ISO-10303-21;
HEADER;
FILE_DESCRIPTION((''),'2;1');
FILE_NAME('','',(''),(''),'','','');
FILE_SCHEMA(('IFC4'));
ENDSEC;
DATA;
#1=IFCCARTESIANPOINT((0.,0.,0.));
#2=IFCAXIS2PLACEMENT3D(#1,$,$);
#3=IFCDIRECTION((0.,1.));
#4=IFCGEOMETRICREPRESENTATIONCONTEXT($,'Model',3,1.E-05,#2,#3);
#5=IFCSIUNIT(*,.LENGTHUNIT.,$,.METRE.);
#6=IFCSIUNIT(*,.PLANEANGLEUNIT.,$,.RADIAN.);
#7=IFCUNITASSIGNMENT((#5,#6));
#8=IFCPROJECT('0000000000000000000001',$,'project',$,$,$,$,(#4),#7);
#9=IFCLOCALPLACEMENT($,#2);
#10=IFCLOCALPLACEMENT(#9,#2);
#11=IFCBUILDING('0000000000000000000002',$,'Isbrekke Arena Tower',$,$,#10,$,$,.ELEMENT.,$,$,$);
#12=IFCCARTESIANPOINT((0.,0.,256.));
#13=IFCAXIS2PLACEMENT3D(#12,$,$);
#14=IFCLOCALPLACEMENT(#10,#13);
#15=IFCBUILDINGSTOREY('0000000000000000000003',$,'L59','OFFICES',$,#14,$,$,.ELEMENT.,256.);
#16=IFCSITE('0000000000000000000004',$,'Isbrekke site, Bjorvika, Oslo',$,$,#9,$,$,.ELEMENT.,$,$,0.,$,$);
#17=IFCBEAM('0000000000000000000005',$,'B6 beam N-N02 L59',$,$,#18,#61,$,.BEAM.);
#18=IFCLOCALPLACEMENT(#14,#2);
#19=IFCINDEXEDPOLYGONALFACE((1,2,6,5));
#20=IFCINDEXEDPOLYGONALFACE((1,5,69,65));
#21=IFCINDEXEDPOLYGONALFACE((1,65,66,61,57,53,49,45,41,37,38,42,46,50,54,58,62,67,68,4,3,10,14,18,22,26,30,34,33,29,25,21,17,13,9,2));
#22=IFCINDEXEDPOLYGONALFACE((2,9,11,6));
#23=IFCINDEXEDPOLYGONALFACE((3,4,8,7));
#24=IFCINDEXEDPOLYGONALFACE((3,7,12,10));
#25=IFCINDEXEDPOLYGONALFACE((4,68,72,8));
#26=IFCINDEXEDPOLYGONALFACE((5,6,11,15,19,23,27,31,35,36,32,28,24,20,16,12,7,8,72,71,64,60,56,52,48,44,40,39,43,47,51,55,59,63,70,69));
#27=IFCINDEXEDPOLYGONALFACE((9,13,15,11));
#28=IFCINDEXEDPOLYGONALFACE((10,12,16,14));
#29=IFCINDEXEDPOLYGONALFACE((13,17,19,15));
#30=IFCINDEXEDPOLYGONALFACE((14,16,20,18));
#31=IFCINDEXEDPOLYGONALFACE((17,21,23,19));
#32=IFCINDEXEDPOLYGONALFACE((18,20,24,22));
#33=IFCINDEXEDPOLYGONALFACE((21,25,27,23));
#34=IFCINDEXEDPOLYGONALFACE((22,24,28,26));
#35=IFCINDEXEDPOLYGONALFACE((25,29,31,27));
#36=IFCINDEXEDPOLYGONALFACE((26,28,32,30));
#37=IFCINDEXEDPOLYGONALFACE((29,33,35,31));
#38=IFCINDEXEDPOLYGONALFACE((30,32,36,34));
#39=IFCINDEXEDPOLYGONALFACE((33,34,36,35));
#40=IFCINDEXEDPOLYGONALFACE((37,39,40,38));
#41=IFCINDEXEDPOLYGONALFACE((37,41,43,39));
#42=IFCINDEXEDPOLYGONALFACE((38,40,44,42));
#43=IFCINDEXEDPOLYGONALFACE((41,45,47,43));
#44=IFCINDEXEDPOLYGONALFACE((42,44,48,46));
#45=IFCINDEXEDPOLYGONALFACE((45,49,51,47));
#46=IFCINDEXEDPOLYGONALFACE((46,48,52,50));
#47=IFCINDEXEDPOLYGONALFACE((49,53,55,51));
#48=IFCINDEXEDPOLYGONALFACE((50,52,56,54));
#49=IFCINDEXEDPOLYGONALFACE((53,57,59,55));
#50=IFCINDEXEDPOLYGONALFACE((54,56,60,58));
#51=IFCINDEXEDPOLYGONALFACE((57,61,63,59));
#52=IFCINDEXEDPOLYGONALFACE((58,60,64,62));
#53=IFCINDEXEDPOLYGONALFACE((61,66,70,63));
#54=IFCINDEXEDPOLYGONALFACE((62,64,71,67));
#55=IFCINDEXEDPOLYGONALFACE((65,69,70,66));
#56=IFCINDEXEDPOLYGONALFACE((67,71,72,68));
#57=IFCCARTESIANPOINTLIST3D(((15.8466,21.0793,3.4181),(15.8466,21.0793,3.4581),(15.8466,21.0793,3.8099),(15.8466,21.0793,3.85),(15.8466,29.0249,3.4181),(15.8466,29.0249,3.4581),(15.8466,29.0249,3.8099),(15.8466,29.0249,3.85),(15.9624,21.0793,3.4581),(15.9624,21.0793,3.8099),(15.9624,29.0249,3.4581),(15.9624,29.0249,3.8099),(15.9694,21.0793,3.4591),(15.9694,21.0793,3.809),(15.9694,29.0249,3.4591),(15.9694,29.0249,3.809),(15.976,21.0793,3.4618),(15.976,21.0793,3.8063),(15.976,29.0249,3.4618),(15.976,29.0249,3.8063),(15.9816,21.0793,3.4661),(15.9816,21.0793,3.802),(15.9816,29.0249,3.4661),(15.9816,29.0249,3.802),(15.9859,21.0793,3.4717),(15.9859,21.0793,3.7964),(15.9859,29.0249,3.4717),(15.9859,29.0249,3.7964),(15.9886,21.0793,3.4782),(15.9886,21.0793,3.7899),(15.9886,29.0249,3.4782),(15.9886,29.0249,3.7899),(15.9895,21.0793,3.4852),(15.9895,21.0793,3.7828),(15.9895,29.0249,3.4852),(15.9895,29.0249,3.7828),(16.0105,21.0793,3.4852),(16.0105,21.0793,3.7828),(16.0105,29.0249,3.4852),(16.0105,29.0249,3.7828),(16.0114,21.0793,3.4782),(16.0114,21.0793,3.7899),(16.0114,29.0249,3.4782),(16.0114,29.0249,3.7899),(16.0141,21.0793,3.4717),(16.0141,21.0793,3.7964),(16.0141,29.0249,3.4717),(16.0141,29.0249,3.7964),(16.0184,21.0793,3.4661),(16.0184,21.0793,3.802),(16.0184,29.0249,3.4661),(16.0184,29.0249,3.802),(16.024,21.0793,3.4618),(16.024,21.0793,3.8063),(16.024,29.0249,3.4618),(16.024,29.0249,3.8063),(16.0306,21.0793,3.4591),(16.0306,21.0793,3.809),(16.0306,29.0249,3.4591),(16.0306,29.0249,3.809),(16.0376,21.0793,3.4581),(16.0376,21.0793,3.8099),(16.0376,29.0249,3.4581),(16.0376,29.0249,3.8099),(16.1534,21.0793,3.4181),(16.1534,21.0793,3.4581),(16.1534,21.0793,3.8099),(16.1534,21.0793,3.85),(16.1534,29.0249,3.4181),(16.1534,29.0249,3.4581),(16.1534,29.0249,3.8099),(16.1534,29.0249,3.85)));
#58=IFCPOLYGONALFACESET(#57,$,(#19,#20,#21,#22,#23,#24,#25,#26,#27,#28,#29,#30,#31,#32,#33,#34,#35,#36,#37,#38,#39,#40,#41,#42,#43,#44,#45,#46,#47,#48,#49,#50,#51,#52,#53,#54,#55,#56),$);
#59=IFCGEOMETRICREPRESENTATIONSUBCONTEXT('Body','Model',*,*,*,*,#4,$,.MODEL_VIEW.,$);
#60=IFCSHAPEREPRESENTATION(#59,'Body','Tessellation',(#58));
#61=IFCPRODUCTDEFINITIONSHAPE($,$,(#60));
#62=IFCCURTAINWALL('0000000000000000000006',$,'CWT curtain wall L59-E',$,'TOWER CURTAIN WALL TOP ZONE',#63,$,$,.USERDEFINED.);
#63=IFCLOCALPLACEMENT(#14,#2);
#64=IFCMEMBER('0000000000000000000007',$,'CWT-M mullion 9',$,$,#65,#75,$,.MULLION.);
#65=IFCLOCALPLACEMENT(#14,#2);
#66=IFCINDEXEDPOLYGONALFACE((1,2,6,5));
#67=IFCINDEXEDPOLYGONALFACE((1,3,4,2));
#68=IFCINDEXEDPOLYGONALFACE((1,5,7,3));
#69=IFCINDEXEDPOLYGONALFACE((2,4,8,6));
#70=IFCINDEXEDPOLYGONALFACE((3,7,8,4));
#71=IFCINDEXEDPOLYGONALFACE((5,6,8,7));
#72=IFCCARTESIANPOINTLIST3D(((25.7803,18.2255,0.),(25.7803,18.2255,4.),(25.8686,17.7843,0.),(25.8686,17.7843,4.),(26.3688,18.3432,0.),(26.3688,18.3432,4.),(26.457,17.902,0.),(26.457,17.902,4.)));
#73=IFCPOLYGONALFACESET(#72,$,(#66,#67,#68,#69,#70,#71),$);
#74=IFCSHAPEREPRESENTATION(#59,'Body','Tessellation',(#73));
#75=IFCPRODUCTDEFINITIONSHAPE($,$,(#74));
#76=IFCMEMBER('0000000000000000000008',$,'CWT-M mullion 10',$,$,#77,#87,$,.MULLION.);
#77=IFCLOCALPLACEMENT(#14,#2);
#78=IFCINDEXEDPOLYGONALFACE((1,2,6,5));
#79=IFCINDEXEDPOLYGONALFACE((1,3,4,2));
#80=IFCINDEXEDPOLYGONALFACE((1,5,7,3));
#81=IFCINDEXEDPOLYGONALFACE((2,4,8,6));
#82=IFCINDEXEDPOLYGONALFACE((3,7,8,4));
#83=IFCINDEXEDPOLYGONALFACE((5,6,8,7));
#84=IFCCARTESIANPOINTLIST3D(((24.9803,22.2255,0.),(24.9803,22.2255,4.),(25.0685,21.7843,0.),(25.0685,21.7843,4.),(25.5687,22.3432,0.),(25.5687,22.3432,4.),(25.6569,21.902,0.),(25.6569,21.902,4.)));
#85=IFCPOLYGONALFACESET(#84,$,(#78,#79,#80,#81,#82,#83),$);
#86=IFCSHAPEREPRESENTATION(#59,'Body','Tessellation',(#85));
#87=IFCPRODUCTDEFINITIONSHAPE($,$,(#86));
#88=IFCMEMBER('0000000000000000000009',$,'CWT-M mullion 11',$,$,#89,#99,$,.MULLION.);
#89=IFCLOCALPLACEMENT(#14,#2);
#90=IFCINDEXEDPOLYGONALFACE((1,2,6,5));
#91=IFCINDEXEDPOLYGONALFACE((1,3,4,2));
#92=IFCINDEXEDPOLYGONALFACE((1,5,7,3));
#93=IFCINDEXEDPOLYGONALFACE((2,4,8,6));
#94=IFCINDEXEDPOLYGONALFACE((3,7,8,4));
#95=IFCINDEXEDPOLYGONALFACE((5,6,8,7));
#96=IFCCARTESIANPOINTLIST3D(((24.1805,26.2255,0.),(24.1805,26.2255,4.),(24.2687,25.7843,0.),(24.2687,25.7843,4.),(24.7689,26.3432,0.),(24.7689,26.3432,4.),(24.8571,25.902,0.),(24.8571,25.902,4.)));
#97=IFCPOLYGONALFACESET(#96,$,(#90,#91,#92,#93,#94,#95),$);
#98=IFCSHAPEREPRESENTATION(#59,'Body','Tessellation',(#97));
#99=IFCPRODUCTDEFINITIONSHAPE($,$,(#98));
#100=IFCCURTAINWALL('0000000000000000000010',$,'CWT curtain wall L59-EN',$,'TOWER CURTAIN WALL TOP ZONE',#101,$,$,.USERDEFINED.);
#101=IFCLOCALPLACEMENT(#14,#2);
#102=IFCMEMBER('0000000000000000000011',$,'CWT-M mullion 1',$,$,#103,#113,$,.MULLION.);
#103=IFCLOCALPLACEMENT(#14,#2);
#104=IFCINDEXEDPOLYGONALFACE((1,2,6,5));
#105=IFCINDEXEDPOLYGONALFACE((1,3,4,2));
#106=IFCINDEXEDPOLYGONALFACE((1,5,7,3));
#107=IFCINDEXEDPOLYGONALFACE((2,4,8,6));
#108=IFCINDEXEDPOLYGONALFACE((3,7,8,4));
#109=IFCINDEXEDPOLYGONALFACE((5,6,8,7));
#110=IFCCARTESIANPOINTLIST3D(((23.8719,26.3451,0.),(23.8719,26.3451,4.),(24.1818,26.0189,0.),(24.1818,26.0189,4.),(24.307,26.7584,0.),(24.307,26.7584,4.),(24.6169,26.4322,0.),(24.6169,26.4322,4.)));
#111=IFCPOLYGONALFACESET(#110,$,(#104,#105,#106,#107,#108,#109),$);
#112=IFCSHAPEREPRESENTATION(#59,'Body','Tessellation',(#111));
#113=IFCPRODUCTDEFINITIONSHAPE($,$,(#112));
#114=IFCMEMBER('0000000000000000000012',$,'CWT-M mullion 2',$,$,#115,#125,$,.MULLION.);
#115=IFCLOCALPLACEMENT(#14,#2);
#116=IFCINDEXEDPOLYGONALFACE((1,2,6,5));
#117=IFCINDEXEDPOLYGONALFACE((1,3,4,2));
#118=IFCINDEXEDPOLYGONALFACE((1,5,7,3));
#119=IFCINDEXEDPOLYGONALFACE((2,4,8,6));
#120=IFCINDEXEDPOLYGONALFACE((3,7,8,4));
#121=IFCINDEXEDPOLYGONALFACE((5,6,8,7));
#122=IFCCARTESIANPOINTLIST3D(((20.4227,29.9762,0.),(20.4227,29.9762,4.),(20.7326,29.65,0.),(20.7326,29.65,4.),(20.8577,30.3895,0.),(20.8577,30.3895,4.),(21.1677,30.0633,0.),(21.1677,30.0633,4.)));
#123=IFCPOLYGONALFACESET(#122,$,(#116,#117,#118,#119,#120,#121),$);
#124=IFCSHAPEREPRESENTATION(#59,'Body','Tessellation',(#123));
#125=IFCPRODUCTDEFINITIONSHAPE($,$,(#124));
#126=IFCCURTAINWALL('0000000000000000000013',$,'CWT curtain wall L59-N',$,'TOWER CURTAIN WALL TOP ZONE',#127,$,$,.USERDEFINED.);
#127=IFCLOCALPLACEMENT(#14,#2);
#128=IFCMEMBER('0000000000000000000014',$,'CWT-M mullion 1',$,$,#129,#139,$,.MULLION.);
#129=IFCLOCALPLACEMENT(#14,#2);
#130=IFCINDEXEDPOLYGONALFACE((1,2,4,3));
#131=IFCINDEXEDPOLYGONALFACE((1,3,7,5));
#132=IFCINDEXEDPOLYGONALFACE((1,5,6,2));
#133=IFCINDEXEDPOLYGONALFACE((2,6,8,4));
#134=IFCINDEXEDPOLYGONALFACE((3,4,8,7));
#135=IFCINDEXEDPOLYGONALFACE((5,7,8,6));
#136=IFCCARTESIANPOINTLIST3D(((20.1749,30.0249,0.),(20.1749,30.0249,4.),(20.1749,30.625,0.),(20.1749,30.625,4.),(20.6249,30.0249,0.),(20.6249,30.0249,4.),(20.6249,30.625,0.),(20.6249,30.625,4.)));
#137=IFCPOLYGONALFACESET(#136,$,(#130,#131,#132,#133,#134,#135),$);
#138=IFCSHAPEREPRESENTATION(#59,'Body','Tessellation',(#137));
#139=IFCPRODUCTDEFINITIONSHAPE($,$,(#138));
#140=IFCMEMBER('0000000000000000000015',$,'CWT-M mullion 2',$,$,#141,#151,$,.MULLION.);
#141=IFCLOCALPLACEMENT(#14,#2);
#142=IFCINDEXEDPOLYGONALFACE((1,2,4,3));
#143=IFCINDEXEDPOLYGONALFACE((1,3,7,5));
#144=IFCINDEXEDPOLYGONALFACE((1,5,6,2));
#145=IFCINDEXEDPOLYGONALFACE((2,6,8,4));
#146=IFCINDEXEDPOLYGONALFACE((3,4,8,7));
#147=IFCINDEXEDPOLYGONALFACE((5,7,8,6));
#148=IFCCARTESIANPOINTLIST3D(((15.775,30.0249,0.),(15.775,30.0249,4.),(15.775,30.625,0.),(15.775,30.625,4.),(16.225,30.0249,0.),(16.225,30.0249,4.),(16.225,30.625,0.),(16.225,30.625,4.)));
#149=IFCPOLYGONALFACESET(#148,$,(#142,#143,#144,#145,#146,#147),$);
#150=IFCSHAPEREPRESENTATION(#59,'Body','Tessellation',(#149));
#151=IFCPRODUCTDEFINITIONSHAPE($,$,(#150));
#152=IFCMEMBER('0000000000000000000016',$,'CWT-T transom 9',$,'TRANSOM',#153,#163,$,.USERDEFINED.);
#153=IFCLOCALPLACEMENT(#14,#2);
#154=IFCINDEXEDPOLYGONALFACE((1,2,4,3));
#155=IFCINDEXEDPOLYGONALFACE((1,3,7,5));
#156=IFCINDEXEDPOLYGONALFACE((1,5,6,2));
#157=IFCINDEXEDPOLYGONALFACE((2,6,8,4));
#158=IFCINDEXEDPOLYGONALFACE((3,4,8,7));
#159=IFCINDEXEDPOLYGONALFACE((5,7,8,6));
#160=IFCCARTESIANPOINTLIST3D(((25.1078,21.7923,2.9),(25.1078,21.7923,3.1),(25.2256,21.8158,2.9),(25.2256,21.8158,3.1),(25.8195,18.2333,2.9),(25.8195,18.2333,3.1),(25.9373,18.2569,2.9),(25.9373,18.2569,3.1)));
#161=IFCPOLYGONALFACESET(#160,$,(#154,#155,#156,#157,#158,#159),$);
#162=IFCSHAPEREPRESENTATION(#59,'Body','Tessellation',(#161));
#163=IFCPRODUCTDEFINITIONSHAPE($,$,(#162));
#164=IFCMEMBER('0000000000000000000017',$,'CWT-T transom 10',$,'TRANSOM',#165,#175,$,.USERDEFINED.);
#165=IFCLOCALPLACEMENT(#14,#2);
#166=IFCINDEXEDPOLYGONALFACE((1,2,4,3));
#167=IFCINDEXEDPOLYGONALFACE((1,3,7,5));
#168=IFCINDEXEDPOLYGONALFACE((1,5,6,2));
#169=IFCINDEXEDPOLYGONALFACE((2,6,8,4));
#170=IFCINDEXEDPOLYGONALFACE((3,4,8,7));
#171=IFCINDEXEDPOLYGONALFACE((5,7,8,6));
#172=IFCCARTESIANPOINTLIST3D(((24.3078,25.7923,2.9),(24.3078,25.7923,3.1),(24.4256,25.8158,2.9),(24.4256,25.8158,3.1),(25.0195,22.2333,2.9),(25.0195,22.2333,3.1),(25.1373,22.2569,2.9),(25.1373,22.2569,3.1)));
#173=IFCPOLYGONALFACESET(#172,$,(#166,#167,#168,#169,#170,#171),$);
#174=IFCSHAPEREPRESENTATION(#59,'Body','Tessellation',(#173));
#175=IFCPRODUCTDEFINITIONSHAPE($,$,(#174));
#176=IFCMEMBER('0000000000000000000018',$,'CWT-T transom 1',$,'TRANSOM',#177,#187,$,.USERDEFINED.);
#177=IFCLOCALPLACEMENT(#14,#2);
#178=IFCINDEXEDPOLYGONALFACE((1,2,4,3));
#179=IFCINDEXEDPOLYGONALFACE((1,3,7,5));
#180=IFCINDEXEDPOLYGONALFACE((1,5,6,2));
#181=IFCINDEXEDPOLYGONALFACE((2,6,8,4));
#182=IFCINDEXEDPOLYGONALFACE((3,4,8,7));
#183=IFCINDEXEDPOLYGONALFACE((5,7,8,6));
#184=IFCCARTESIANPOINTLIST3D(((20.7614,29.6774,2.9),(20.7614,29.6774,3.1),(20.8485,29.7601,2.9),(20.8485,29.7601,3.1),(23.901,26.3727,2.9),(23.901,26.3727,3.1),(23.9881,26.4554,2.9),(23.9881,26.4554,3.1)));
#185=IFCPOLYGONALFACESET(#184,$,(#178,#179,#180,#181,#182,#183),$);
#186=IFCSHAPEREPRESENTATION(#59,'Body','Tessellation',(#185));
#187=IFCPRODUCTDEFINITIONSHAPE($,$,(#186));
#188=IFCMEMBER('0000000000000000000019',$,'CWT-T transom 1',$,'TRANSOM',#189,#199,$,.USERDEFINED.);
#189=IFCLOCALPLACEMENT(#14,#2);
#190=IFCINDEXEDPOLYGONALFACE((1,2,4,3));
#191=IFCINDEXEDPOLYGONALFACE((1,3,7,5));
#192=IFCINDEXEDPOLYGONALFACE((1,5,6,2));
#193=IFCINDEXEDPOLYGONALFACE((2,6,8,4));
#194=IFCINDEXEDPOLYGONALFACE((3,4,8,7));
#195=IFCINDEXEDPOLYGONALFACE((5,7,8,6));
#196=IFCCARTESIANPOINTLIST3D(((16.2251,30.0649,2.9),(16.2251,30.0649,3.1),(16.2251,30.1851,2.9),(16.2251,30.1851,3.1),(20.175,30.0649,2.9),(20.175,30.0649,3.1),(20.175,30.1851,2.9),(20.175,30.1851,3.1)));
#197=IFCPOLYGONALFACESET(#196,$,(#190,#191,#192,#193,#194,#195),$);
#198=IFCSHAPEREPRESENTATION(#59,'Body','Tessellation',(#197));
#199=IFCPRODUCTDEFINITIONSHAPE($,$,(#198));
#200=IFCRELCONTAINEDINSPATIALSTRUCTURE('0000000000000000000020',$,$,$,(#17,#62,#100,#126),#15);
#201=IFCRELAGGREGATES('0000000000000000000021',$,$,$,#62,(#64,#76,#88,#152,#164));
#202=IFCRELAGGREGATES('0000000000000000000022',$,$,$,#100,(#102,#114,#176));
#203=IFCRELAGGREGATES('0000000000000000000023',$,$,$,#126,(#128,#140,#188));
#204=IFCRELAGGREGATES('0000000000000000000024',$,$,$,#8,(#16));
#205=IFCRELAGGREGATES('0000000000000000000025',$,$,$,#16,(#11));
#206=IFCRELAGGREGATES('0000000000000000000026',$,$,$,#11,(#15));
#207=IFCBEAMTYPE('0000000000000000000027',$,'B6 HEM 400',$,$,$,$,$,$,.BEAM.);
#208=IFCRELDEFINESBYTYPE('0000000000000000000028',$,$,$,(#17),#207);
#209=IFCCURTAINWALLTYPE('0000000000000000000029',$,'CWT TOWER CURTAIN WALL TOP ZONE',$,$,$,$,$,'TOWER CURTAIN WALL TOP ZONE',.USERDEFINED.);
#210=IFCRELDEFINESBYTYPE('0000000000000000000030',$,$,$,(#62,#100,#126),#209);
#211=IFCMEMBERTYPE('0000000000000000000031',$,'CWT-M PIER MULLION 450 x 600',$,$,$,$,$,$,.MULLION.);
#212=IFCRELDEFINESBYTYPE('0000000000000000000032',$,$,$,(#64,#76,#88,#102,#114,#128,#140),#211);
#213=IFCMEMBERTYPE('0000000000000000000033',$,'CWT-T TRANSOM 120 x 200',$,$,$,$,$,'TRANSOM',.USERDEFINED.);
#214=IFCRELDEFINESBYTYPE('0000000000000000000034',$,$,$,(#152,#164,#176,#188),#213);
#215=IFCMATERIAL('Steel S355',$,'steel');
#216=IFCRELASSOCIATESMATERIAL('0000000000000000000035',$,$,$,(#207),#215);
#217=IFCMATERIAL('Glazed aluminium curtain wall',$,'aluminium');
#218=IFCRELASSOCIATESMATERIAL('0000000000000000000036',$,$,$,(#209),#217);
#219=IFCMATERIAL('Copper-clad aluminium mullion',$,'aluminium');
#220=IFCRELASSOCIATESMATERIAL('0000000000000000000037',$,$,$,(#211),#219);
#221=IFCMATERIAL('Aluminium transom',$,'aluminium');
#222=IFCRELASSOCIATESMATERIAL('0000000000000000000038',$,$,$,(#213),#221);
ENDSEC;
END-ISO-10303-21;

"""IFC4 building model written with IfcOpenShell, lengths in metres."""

from ifc_helpers import new_model, si_unit, direction, frame, origin, origin_2d, place, context, subcontext, project, spatial, rectangle, i_section, extrude, material, material_profile, profile_set, type_object, element, aggregate, save


model = new_model("IFC4")

# Units and contexts
model_context = context("Model", 3, precision=1e-05, world=origin(), true_north=direction((0.0, 1.0)))
body_context = subcontext(model_context, "Body", "Model", "MODEL_VIEW")
ifc_project = project(units=[si_unit("LENGTHUNIT", "METRE"), si_unit("PLANEANGLEUNIT", "RADIAN")], contexts=[model_context])

# Site, building, storey
site_placement = place(None, origin())
site = spatial("IfcSite", under=ifc_project, at=site_placement, Name="Isbrekke site, Bjorvika, Oslo", CompositionType="ELEMENT", RefElevation=0.0)
building_placement = place(site_placement, origin())
building = spatial("IfcBuilding", under=site, at=building_placement, Name="Isbrekke Arena Tower", CompositionType="ELEMENT")
storey_placement = place(building_placement, frame((0.0, 0.0, 256.0)))
storey = spatial("IfcBuildingStorey", under=building, at=storey_placement, Name="L59", Description="OFFICES", CompositionType="ELEMENT", Elevation=256.0)

# Beam
ifc_material_1 = material(Name="Steel S355", Category="steel")
ifc_material_profile_1 = material_profile(ifc_material_1, i_section(OverallWidth=0.3069, OverallDepth=0.4319, WebThickness=0.021, FlangeThickness=0.04, FilletRadius=0.0271, at=origin_2d()), Name="HEM 400")
ifc_profile_set_1 = profile_set([ifc_material_profile_1], Name="Steel S355")
beam_type_1 = type_object("IfcBeamType", Name="B6 HEM 400", PredefinedType="BEAM", material=ifc_profile_set_1)
beam_1_placement = place(storey_placement, frame((16.0, 29.0249, 3.634), z_axis=(0.0, -1.0, 0.0), x_axis=(1.0, 0.0, 0.0)))
element("IfcBeam", 1, at=beam_1_placement, inside=storey, type_object=beam_type_1, Name="B6 beam N-N02 L59", PredefinedType="BEAM", context=body_context, shape_type="SweptSolid", body=[
    extrude(i_section(OverallWidth=0.3069, OverallDepth=0.4319, WebThickness=0.021, FlangeThickness=0.04, FilletRadius=0.0271, at=origin_2d()), origin(), (0.0, 0.0, 1.0), 7.9456),
])

# Curtain walls, members
ifc_material_2 = material(Name="Glazed aluminium curtain wall", Category="aluminium")
curtain_wall_type = type_object("IfcCurtainWallType", Name="CWT TOWER CURTAIN WALL TOP ZONE", ElementType="TOWER CURTAIN WALL TOP ZONE", PredefinedType="USERDEFINED", material=ifc_material_2)
curtain_wall_1_placement = place(storey_placement, origin())
curtain_wall_1 = element("IfcCurtainWall", 2, at=curtain_wall_1_placement, inside=storey, type_object=curtain_wall_type, Name="CWT curtain wall L59-E", ObjectType="TOWER CURTAIN WALL TOP ZONE", PredefinedType="USERDEFINED")
ifc_material_3 = material(Name="Copper-clad aluminium mullion", Category="aluminium")
ifc_material_profile_2 = material_profile(ifc_material_3, rectangle(XDim=0.45, YDim=0.6001, at=origin_2d()), Name="PIER 450X600")
ifc_profile_set_2 = profile_set([ifc_material_profile_2], Name="Copper-clad aluminium mullion")
member_type_1 = type_object("IfcMemberType", Name="CWT-M PIER MULLION 450 x 600", PredefinedType="MULLION", material=ifc_profile_set_2)
member_1_placement = place(storey_placement, frame((26.1187, 18.0637, 0.0), z_axis=(0.0, 0.0, 1.0), x_axis=(-0.196116, 0.980581, 0.0)))
member_1 = element("IfcMember", 3, at=member_1_placement, type_object=member_type_1, Name="CWT-M mullion 9", PredefinedType="MULLION", context=body_context, shape_type="SweptSolid", body=[
    extrude(rectangle(XDim=0.45, YDim=0.6001, at=origin_2d()), origin(), (0.0, 0.0, 1.0), 4.0),
])
member_2_placement = place(storey_placement, frame((25.3186, 22.0637, 0.0), z_axis=(0.0, 0.0, 1.0), x_axis=(-0.196116, 0.980581, 0.0)))
member_2 = element("IfcMember", 4, at=member_2_placement, type_object=member_type_1, Name="CWT-M mullion 10", PredefinedType="MULLION", context=body_context, shape_type="SweptSolid", body=[
    extrude(rectangle(XDim=0.45, YDim=0.6001, at=origin_2d()), origin(), (0.0, 0.0, 1.0), 4.0),
])
member_3_placement = place(storey_placement, frame((24.5188, 26.0637, 0.0), z_axis=(0.0, 0.0, 1.0), x_axis=(-0.196116, 0.980581, 0.0)))
member_3 = element("IfcMember", 5, at=member_3_placement, type_object=member_type_1, Name="CWT-M mullion 11", PredefinedType="MULLION", context=body_context, shape_type="SweptSolid", body=[
    extrude(rectangle(XDim=0.45, YDim=0.6001, at=origin_2d()), origin(), (0.0, 0.0, 1.0), 4.0),
])
curtain_wall_2_placement = place(storey_placement, origin())
curtain_wall_2 = element("IfcCurtainWall", 6, at=curtain_wall_2_placement, inside=storey, type_object=curtain_wall_type, Name="CWT curtain wall L59-EN", ObjectType="TOWER CURTAIN WALL TOP ZONE", PredefinedType="USERDEFINED")
member_4_placement = place(storey_placement, frame((24.2444, 26.3887, 0.0), z_axis=(0.0, 0.0, 1.0), x_axis=(-0.688749, 0.724999, 0.0)))
member_4 = element("IfcMember", 7, at=member_4_placement, type_object=member_type_1, Name="CWT-M mullion 1", PredefinedType="MULLION", context=body_context, shape_type="SweptSolid", body=[
    extrude(rectangle(XDim=0.45, YDim=0.6001, at=origin_2d()), origin(), (0.0, 0.0, 1.0), 4.0),
])
member_5_placement = place(storey_placement, frame((20.7952, 30.0198, 0.0), z_axis=(0.0, 0.0, 1.0), x_axis=(-0.688749, 0.724999, 0.0)))
member_5 = element("IfcMember", 8, at=member_5_placement, type_object=member_type_1, Name="CWT-M mullion 2", PredefinedType="MULLION", context=body_context, shape_type="SweptSolid", body=[
    extrude(rectangle(XDim=0.45, YDim=0.6001, at=origin_2d()), origin(), (0.0, 0.0, 1.0), 4.0),
])
curtain_wall_3_placement = place(storey_placement, origin())
curtain_wall_3 = element("IfcCurtainWall", 9, at=curtain_wall_3_placement, inside=storey, type_object=curtain_wall_type, Name="CWT curtain wall L59-N", ObjectType="TOWER CURTAIN WALL TOP ZONE", PredefinedType="USERDEFINED")
member_6_placement = place(storey_placement, frame((20.3999, 30.325, 0.0), z_axis=(0.0, 0.0, 1.0), x_axis=(-1.0, 0.0, 0.0)))
member_6 = element("IfcMember", 10, at=member_6_placement, type_object=member_type_1, Name="CWT-M mullion 1", PredefinedType="MULLION", context=body_context, shape_type="SweptSolid", body=[
    extrude(rectangle(XDim=0.45, YDim=0.6001, at=origin_2d()), origin(), (0.0, 0.0, 1.0), 4.0),
])
member_7_placement = place(storey_placement, frame((16.0, 30.325, 0.0), z_axis=(0.0, 0.0, 1.0), x_axis=(-1.0, 0.0, 0.0)))
member_7 = element("IfcMember", 11, at=member_7_placement, type_object=member_type_1, Name="CWT-M mullion 2", PredefinedType="MULLION", context=body_context, shape_type="SweptSolid", body=[
    extrude(rectangle(XDim=0.45, YDim=0.6001, at=origin_2d()), origin(), (0.0, 0.0, 1.0), 4.0),
])

# Members
ifc_material_4 = material(Name="Aluminium transom", Category="aluminium")
ifc_material_profile_3 = material_profile(ifc_material_4, rectangle(XDim=0.1201, YDim=0.2, at=origin_2d()), Name="TRANSOM 120X200")
ifc_profile_set_3 = profile_set([ifc_material_profile_3], Name="Aluminium transom")
member_type_2 = type_object("IfcMemberType", Name="CWT-T TRANSOM 120 x 200", ElementType="TRANSOM", PredefinedType="USERDEFINED", material=ifc_profile_set_3)
member_8_placement = place(storey_placement, frame((25.8784, 18.2451, 3.0), z_axis=(-0.19609, 0.980586, 0.0), x_axis=(-0.980586, -0.19609, 0.0)))
member_8 = element("IfcMember", 12, at=member_8_placement, type_object=member_type_2, Name="CWT-T transom 9", ObjectType="TRANSOM", PredefinedType="USERDEFINED", context=body_context, shape_type="SweptSolid", body=[
    extrude(rectangle(XDim=0.1201, YDim=0.2, at=origin_2d()), origin(), (0.0, 0.0, 1.0), 3.6294),
])
member_9_placement = place(storey_placement, frame((25.0784, 22.2451, 3.0), z_axis=(-0.19609, 0.980586, 0.0), x_axis=(-0.980586, -0.19609, 0.0)))
member_9 = element("IfcMember", 13, at=member_9_placement, type_object=member_type_2, Name="CWT-T transom 10", ObjectType="TRANSOM", PredefinedType="USERDEFINED", context=body_context, shape_type="SweptSolid", body=[
    extrude(rectangle(XDim=0.1201, YDim=0.2, at=origin_2d()), origin(), (0.0, 0.0, 1.0), 3.6294),
])
member_10_placement = place(storey_placement, frame((23.9446, 26.4141, 3.0), z_axis=(-0.688772, 0.724978, 0.0), x_axis=(-0.724978, -0.688772, 0.0)))
member_10 = element("IfcMember", 14, at=member_10_placement, type_object=member_type_2, Name="CWT-T transom 1", ObjectType="TRANSOM", PredefinedType="USERDEFINED", context=body_context, shape_type="SweptSolid", body=[
    extrude(rectangle(XDim=0.1201, YDim=0.2, at=origin_2d()), origin(), (0.0, 0.0, 1.0), 4.5583),
])
member_11_placement = place(storey_placement, frame((20.175, 30.125, 3.0), z_axis=(-1.0, 0.0, 0.0), x_axis=(0.0, -1.0, 0.0)))
member_11 = element("IfcMember", 15, at=member_11_placement, type_object=member_type_2, Name="CWT-T transom 1", ObjectType="TRANSOM", PredefinedType="USERDEFINED", context=body_context, shape_type="SweptSolid", body=[
    extrude(rectangle(XDim=0.1201, YDim=0.2, at=origin_2d()), origin(), (0.0, 0.0, 1.0), 3.95),
])

aggregate(curtain_wall_1, [member_1, member_2, member_3, member_8, member_9])
aggregate(curtain_wall_2, [member_4, member_5, member_10])
aggregate(curtain_wall_3, [member_6, member_7, member_11])

save(model, "model.ifc")
